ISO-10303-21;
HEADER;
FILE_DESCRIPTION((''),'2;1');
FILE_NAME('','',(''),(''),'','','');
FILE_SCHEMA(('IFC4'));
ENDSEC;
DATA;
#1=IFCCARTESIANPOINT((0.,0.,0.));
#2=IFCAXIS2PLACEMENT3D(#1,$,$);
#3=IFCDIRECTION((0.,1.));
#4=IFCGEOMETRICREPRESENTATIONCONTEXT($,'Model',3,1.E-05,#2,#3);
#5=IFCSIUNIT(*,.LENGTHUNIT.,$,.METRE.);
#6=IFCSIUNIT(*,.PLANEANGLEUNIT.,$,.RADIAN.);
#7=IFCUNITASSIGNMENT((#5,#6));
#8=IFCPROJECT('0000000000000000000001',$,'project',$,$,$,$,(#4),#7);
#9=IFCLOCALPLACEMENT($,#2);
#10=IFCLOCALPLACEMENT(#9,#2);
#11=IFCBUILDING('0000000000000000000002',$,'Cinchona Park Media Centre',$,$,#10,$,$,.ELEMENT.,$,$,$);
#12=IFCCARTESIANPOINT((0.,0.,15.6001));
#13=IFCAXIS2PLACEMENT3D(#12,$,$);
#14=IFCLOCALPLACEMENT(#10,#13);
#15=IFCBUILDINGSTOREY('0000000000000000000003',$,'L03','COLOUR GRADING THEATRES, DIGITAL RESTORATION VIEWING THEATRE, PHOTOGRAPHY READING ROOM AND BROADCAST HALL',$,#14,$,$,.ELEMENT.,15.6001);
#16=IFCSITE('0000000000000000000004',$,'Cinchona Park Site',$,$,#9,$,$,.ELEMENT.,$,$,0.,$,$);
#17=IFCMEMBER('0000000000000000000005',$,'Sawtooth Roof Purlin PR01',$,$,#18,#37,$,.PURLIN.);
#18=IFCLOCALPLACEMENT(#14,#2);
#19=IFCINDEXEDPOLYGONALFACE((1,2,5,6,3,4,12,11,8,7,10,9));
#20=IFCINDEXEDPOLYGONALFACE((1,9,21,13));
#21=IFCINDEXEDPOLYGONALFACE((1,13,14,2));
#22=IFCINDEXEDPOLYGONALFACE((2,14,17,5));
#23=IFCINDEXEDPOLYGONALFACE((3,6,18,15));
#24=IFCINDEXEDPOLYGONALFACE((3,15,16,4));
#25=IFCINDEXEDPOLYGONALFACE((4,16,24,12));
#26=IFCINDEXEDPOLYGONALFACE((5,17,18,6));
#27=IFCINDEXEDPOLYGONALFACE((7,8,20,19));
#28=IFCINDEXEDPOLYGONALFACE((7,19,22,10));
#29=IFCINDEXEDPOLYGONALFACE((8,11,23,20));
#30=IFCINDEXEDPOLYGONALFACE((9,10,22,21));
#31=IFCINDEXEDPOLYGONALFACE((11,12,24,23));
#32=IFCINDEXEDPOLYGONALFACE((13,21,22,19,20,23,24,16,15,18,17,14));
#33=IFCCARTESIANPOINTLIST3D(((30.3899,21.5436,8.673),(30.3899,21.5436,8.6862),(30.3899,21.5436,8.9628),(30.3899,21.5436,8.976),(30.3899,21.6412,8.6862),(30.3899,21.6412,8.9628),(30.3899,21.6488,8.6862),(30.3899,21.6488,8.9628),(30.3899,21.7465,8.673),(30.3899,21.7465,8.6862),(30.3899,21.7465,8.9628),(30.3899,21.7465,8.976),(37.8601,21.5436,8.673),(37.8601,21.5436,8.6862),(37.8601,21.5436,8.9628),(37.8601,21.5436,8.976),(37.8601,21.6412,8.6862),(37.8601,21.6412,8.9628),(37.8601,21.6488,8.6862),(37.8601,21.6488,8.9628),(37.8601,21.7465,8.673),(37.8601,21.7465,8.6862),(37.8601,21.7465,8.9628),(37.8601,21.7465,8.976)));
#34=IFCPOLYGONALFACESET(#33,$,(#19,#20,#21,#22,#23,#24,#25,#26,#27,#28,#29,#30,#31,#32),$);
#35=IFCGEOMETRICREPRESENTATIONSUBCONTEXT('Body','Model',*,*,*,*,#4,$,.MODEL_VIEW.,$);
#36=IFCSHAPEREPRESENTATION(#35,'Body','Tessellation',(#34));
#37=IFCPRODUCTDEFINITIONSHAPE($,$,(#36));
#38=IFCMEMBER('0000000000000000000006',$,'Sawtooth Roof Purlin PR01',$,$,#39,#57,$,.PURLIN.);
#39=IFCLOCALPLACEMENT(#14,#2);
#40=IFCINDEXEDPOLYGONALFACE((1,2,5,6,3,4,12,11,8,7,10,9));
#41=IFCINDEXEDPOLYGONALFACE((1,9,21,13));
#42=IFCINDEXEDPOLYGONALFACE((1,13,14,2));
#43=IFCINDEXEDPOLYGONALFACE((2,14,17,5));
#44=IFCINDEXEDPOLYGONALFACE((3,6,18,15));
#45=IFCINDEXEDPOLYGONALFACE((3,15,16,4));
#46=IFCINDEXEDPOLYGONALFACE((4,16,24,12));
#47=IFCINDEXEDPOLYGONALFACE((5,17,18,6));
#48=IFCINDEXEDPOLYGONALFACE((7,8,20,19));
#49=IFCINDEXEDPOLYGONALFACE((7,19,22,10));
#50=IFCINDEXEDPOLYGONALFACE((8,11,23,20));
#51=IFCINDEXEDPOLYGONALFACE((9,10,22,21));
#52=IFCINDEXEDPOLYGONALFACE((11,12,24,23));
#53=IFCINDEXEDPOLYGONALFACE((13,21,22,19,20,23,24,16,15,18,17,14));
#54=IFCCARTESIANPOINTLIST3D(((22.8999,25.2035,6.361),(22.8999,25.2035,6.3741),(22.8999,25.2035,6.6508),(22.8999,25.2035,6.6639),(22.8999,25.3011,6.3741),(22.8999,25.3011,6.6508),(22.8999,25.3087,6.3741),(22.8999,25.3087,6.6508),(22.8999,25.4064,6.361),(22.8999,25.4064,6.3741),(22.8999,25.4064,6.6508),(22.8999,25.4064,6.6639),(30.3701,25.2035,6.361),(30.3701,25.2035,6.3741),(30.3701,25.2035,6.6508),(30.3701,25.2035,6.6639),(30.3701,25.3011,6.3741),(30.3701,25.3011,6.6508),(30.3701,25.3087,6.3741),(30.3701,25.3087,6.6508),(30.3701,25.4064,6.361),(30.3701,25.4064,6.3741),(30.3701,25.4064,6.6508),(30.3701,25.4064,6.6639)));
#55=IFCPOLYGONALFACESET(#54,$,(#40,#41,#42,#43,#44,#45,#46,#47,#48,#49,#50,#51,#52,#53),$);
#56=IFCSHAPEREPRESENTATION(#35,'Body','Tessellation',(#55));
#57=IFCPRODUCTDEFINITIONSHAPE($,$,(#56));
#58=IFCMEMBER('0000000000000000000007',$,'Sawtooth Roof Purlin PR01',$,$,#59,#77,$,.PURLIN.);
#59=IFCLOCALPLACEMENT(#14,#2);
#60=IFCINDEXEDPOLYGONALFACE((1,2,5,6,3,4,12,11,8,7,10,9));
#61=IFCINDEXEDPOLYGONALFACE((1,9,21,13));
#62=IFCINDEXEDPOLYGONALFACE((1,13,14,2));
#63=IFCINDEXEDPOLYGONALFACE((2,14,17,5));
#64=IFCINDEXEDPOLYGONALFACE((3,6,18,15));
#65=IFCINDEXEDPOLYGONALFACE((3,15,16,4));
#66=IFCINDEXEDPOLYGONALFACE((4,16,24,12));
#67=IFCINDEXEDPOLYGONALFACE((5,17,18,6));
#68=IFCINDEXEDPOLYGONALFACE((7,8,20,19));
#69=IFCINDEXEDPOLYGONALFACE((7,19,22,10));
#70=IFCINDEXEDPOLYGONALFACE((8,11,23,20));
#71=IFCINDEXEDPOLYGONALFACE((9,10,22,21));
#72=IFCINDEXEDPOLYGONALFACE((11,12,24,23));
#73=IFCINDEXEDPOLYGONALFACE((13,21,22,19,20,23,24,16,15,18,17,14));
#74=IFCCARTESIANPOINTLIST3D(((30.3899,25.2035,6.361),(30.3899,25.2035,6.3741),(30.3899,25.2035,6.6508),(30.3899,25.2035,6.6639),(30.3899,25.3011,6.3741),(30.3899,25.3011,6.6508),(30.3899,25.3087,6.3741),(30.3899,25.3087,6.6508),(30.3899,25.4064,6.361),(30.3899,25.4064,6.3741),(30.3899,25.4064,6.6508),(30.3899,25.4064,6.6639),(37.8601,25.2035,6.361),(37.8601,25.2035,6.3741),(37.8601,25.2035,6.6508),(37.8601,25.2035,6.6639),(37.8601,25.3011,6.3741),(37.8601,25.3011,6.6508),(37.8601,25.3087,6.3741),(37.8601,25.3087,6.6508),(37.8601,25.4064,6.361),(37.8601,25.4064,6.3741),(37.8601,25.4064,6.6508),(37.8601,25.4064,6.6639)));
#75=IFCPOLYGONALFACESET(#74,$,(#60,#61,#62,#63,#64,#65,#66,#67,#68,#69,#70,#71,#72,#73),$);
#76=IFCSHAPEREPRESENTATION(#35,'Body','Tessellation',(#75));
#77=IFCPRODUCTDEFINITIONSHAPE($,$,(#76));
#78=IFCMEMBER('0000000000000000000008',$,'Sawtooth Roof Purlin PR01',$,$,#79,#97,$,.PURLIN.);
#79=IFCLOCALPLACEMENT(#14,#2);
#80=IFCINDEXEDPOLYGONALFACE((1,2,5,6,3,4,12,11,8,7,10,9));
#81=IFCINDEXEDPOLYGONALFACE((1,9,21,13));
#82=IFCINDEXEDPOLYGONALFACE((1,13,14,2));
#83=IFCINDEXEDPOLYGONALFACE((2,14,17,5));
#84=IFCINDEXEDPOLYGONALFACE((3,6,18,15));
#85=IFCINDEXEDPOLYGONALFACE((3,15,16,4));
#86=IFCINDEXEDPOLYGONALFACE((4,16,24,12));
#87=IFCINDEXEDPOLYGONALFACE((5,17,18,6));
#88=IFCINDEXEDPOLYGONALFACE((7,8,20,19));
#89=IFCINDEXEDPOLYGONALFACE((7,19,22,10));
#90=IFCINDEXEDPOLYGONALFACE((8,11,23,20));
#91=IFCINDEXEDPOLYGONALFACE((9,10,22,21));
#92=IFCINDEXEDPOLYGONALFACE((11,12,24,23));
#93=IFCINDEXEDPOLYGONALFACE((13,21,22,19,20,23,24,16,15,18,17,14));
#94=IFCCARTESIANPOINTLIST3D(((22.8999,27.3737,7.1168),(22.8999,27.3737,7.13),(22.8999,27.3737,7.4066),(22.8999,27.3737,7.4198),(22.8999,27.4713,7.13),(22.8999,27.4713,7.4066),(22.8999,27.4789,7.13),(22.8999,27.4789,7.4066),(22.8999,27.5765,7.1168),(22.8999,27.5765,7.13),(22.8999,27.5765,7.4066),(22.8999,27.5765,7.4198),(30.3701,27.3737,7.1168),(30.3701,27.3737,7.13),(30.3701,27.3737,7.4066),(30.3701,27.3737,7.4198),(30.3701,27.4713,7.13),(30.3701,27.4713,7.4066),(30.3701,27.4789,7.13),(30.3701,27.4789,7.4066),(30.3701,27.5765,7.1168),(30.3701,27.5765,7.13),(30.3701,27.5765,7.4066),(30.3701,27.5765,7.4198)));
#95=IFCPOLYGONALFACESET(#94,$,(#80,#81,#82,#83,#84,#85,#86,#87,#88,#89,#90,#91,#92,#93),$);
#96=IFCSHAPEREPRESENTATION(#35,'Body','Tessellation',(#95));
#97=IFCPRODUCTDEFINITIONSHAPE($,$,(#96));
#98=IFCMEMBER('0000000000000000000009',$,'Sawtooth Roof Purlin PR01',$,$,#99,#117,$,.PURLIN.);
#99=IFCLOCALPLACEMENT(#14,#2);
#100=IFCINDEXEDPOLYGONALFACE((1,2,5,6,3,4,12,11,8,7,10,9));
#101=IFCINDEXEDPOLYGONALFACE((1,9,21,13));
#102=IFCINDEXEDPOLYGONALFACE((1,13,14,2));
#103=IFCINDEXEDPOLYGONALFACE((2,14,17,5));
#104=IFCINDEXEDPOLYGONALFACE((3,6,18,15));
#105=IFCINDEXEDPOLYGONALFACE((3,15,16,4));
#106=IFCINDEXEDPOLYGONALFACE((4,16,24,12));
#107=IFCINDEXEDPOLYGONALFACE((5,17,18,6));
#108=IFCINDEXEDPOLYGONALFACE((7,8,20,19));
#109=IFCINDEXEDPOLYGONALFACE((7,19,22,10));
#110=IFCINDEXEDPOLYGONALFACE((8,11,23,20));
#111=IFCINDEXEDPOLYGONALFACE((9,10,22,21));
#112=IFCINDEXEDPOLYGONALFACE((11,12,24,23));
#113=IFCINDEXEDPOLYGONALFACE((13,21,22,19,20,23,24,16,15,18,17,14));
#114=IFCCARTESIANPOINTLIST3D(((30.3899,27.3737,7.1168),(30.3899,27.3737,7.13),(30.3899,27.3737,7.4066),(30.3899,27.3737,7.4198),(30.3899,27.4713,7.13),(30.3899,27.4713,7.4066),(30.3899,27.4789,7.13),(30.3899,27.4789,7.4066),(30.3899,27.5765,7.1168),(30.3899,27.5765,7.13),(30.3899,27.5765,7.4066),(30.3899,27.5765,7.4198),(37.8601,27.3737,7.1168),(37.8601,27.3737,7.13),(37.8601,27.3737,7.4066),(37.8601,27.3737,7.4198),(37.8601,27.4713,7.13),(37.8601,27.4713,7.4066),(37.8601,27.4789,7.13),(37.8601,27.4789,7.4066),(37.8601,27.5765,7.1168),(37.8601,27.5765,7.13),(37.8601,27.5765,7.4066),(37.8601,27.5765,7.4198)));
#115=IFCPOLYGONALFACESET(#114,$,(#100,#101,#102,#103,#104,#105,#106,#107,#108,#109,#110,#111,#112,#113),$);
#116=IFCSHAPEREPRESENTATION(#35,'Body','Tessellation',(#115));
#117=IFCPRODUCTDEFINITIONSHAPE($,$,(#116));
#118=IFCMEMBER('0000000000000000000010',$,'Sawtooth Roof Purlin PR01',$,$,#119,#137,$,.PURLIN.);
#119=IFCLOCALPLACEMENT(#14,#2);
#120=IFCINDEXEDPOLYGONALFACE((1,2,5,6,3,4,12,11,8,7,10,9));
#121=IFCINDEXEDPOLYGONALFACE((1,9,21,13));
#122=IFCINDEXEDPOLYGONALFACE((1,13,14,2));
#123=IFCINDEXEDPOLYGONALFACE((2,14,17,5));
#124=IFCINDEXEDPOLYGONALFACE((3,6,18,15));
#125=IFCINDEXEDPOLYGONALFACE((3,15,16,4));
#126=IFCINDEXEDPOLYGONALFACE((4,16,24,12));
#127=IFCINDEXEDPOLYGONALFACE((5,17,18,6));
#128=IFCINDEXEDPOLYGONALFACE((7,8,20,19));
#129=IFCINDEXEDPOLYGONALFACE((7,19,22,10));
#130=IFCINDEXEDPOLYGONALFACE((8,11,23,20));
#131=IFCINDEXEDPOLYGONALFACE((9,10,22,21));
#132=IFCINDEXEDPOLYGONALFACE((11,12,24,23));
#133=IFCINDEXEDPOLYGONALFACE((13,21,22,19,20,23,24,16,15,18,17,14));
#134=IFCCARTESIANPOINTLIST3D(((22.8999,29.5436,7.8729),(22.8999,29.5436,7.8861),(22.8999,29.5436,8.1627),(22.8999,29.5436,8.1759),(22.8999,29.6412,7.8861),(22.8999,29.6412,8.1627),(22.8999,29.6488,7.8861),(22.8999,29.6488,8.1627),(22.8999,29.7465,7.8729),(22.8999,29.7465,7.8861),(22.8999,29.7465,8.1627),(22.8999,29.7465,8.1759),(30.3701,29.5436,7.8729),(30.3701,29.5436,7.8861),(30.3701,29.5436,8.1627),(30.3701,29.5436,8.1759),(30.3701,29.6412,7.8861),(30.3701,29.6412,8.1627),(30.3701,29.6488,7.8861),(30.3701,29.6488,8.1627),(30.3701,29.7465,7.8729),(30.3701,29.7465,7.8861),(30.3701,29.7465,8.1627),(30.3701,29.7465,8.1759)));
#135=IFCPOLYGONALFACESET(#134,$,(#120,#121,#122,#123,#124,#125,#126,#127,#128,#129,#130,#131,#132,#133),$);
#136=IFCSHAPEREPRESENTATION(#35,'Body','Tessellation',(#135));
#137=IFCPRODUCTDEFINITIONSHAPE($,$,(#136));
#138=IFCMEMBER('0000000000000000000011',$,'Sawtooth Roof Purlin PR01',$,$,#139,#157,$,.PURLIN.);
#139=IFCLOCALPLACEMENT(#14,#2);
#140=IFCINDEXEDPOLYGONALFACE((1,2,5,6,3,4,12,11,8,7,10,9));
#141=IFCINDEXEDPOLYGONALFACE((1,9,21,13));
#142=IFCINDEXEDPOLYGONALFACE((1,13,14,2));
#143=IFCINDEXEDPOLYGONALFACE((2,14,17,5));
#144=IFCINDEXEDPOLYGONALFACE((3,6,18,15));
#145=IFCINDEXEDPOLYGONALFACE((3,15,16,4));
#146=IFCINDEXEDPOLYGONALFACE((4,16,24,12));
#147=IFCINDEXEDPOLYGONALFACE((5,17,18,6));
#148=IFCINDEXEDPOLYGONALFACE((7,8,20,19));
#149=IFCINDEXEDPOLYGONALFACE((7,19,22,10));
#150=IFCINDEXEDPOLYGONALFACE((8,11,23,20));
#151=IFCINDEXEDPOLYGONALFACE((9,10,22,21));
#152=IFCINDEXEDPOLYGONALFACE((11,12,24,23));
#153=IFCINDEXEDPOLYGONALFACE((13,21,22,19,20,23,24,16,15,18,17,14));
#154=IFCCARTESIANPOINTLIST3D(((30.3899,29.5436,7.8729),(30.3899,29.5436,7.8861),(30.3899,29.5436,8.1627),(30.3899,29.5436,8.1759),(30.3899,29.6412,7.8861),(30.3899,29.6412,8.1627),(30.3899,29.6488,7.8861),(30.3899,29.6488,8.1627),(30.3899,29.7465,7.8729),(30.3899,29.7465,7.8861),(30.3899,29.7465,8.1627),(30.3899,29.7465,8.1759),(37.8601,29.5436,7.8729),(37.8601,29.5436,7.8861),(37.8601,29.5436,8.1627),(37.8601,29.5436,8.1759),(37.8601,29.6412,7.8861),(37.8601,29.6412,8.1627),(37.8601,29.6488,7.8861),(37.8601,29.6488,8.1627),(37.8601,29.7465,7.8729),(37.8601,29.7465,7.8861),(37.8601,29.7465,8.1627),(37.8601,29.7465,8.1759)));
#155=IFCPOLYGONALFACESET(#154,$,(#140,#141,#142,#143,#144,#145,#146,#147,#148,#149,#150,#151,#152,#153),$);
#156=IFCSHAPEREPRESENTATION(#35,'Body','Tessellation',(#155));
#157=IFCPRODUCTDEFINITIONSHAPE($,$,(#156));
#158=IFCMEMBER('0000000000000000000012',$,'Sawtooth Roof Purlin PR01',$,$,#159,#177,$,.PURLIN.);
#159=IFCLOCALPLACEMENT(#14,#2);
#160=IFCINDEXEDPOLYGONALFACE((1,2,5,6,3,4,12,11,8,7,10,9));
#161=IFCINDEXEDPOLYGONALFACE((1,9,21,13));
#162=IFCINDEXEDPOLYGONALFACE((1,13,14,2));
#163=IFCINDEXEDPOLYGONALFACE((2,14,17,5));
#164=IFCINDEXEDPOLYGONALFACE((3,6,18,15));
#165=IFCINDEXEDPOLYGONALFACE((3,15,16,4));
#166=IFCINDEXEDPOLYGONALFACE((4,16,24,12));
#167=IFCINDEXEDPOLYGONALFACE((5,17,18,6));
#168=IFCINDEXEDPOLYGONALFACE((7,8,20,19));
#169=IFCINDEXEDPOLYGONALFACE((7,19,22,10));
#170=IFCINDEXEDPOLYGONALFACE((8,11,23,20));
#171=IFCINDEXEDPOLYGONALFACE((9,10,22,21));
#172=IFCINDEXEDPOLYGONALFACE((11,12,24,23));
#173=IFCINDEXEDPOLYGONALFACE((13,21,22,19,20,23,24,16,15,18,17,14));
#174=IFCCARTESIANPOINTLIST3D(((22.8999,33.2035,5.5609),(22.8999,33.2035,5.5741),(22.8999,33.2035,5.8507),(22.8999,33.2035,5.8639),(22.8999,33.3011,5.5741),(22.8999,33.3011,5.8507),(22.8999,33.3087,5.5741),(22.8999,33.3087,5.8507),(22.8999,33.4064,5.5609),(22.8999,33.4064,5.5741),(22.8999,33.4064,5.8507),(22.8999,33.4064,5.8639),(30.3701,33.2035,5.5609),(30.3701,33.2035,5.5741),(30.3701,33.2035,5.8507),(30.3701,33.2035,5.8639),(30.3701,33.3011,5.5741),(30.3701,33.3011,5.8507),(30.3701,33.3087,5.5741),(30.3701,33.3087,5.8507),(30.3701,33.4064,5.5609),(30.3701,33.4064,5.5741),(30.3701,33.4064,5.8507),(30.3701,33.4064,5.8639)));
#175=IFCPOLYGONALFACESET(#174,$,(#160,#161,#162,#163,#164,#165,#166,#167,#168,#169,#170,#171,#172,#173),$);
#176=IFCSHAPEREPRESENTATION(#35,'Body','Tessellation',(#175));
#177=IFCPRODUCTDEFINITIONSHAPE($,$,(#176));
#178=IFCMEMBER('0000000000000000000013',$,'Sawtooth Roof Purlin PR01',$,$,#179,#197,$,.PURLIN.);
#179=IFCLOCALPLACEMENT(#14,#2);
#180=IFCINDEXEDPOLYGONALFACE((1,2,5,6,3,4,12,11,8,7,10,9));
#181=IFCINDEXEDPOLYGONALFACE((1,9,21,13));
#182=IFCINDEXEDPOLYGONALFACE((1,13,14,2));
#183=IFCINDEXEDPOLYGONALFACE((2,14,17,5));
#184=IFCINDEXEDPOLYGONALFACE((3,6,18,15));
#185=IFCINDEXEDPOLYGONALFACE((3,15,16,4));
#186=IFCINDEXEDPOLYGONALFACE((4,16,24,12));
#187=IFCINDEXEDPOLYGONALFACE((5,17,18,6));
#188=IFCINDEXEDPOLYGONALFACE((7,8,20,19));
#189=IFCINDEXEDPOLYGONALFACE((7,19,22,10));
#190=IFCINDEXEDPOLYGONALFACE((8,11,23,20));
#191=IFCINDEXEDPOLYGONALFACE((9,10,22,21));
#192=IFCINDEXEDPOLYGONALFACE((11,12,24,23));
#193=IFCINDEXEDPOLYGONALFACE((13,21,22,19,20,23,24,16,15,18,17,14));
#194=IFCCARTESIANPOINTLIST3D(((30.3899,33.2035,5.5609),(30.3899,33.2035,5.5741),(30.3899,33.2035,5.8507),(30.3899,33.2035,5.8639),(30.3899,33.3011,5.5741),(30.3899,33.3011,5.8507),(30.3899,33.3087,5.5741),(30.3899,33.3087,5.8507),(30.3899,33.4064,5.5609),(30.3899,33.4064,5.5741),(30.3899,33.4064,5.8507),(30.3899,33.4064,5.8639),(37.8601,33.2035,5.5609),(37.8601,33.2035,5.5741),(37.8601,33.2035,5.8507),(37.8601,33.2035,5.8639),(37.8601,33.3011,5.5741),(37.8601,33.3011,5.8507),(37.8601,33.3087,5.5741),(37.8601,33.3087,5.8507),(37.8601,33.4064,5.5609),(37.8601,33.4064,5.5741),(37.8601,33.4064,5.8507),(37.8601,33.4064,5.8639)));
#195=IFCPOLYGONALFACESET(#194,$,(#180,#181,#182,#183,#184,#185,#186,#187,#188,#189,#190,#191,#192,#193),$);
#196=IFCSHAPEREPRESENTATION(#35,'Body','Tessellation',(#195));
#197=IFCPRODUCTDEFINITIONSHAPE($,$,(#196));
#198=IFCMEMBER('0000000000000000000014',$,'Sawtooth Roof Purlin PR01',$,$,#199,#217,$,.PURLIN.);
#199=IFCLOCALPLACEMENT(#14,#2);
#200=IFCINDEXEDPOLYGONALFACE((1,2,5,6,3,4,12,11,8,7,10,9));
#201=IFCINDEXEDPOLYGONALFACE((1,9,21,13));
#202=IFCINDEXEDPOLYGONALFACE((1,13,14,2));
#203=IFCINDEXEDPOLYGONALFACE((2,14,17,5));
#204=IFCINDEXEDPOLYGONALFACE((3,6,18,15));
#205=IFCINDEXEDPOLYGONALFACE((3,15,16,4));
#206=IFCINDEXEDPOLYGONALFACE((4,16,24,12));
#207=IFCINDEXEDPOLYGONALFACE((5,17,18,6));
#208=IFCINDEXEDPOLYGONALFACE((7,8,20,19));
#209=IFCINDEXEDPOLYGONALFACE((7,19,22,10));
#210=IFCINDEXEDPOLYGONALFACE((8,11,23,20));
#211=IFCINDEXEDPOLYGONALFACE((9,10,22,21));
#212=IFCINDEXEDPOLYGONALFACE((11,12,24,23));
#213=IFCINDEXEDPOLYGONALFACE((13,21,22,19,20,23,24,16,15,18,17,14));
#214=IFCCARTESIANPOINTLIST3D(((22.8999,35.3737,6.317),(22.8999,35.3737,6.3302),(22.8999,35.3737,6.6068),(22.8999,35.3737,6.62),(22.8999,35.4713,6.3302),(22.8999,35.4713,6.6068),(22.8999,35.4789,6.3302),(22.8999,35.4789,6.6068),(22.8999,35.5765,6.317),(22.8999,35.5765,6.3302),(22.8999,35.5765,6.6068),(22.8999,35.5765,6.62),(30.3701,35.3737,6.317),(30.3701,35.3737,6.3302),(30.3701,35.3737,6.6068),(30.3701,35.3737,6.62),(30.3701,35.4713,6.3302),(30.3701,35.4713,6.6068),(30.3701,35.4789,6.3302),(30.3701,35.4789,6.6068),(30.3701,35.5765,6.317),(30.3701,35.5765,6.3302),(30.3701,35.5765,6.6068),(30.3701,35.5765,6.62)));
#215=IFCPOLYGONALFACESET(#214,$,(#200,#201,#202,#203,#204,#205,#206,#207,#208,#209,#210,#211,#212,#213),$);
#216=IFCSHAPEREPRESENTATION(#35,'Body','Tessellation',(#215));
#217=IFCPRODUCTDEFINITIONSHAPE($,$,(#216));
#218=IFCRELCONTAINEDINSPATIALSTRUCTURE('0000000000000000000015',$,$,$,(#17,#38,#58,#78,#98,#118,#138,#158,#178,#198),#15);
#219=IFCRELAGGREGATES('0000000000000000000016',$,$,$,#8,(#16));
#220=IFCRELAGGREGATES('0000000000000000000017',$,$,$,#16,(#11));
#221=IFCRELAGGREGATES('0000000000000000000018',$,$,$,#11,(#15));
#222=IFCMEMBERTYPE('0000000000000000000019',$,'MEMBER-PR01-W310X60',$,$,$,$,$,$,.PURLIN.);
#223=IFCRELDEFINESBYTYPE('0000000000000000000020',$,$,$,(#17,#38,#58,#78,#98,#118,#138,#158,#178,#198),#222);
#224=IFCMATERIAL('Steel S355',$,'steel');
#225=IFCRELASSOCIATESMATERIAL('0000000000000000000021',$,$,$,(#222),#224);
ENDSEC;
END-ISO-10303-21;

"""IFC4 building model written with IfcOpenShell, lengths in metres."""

from ifc_helpers import new_model, si_unit, direction, frame, origin, origin_2d, place, context, subcontext, project, spatial, i_section, extrude, material, material_profile, profile_set, type_object, element, save


model = new_model("IFC4")

# Units and contexts
model_context = context("Model", 3, precision=1e-05, world=origin(), true_north=direction((0.0, 1.0)))
body_context = subcontext(model_context, "Body", "Model", "MODEL_VIEW")
ifc_project = project(units=[si_unit("LENGTHUNIT", "METRE"), si_unit("PLANEANGLEUNIT", "RADIAN")], contexts=[model_context])

# Site, building, storey
site_placement = place(None, origin())
site = spatial("IfcSite", under=ifc_project, at=site_placement, Name="Cinchona Park Site", CompositionType="ELEMENT", RefElevation=0.0)
building_placement = place(site_placement, origin())
building = spatial("IfcBuilding", under=site, at=building_placement, Name="Cinchona Park Media Centre", CompositionType="ELEMENT")
storey_placement = place(building_placement, frame((0.0, 0.0, 15.6001)))
storey = spatial("IfcBuildingStorey", under=building, at=storey_placement, Name="L03", Description="COLOUR GRADING THEATRES, DIGITAL RESTORATION VIEWING THEATRE, PHOTOGRAPHY READING ROOM AND BROADCAST HALL", CompositionType="ELEMENT", Elevation=15.6001)

# Members
ifc_material_1 = material(Name="Steel S355", Category="steel")
ifc_material_profile_1 = material_profile(ifc_material_1, i_section(OverallWidth=0.2029, OverallDepth=0.303, WebThickness=0.0076, FlangeThickness=0.0132, at=origin_2d()), Name="W310X60")
ifc_profile_set_1 = profile_set([ifc_material_profile_1], Name="Steel S355")
member_type_1 = type_object("IfcMemberType", Name="MEMBER-PR01-W310X60", PredefinedType="PURLIN", material=ifc_profile_set_1)
for number, where, z_axis, x_axis, name in (
    (1, (30.3899, 21.645, 8.8245), (1.0, 0.0, 0.0), (0.0, 1.0, 0.0), "Sawtooth Roof Purlin PR01"),
    (2, (22.8999, 25.3049, 6.5125), (1.0, 0.0, 0.0), (0.0, 1.0, 0.0), "Sawtooth Roof Purlin PR01"),
    (3, (30.3899, 25.3049, 6.5125), (1.0, 0.0, 0.0), (0.0, 1.0, 0.0), "Sawtooth Roof Purlin PR01"),
    (4, (22.8999, 27.4751, 7.2683), (1.0, 0.0, 0.0), (0.0, 1.0, 0.0), "Sawtooth Roof Purlin PR01"),
    (5, (30.3899, 27.4751, 7.2683), (1.0, 0.0, 0.0), (0.0, 1.0, 0.0), "Sawtooth Roof Purlin PR01"),
    (6, (22.8999, 29.645, 8.0244), (1.0, 0.0, 0.0), (0.0, 1.0, 0.0), "Sawtooth Roof Purlin PR01"),
    (7, (30.3899, 29.645, 8.0244), (1.0, 0.0, 0.0), (0.0, 1.0, 0.0), "Sawtooth Roof Purlin PR01"),
    (8, (22.8999, 33.3049, 5.7124), (1.0, 0.0, 0.0), (0.0, 1.0, 0.0), "Sawtooth Roof Purlin PR01"),
    (9, (30.3899, 33.3049, 5.7124), (1.0, 0.0, 0.0), (0.0, 1.0, 0.0), "Sawtooth Roof Purlin PR01"),
    (10, (22.8999, 35.4751, 6.4685), (1.0, 0.0, 0.0), (0.0, 1.0, 0.0), "Sawtooth Roof Purlin PR01"),
):
    element("IfcMember", number, at=place(storey_placement, frame(where, z_axis=z_axis, x_axis=x_axis)), inside=storey, type_object=member_type_1, Name=name, PredefinedType="PURLIN", context=body_context, shape_type="SweptSolid", body=[
        extrude(i_section(OverallWidth=0.2029, OverallDepth=0.303, WebThickness=0.0076, FlangeThickness=0.0132, at=origin_2d()), origin(), (0.0, 0.0, 1.0), 7.4702),
    ])

save(model, "model.ifc")
